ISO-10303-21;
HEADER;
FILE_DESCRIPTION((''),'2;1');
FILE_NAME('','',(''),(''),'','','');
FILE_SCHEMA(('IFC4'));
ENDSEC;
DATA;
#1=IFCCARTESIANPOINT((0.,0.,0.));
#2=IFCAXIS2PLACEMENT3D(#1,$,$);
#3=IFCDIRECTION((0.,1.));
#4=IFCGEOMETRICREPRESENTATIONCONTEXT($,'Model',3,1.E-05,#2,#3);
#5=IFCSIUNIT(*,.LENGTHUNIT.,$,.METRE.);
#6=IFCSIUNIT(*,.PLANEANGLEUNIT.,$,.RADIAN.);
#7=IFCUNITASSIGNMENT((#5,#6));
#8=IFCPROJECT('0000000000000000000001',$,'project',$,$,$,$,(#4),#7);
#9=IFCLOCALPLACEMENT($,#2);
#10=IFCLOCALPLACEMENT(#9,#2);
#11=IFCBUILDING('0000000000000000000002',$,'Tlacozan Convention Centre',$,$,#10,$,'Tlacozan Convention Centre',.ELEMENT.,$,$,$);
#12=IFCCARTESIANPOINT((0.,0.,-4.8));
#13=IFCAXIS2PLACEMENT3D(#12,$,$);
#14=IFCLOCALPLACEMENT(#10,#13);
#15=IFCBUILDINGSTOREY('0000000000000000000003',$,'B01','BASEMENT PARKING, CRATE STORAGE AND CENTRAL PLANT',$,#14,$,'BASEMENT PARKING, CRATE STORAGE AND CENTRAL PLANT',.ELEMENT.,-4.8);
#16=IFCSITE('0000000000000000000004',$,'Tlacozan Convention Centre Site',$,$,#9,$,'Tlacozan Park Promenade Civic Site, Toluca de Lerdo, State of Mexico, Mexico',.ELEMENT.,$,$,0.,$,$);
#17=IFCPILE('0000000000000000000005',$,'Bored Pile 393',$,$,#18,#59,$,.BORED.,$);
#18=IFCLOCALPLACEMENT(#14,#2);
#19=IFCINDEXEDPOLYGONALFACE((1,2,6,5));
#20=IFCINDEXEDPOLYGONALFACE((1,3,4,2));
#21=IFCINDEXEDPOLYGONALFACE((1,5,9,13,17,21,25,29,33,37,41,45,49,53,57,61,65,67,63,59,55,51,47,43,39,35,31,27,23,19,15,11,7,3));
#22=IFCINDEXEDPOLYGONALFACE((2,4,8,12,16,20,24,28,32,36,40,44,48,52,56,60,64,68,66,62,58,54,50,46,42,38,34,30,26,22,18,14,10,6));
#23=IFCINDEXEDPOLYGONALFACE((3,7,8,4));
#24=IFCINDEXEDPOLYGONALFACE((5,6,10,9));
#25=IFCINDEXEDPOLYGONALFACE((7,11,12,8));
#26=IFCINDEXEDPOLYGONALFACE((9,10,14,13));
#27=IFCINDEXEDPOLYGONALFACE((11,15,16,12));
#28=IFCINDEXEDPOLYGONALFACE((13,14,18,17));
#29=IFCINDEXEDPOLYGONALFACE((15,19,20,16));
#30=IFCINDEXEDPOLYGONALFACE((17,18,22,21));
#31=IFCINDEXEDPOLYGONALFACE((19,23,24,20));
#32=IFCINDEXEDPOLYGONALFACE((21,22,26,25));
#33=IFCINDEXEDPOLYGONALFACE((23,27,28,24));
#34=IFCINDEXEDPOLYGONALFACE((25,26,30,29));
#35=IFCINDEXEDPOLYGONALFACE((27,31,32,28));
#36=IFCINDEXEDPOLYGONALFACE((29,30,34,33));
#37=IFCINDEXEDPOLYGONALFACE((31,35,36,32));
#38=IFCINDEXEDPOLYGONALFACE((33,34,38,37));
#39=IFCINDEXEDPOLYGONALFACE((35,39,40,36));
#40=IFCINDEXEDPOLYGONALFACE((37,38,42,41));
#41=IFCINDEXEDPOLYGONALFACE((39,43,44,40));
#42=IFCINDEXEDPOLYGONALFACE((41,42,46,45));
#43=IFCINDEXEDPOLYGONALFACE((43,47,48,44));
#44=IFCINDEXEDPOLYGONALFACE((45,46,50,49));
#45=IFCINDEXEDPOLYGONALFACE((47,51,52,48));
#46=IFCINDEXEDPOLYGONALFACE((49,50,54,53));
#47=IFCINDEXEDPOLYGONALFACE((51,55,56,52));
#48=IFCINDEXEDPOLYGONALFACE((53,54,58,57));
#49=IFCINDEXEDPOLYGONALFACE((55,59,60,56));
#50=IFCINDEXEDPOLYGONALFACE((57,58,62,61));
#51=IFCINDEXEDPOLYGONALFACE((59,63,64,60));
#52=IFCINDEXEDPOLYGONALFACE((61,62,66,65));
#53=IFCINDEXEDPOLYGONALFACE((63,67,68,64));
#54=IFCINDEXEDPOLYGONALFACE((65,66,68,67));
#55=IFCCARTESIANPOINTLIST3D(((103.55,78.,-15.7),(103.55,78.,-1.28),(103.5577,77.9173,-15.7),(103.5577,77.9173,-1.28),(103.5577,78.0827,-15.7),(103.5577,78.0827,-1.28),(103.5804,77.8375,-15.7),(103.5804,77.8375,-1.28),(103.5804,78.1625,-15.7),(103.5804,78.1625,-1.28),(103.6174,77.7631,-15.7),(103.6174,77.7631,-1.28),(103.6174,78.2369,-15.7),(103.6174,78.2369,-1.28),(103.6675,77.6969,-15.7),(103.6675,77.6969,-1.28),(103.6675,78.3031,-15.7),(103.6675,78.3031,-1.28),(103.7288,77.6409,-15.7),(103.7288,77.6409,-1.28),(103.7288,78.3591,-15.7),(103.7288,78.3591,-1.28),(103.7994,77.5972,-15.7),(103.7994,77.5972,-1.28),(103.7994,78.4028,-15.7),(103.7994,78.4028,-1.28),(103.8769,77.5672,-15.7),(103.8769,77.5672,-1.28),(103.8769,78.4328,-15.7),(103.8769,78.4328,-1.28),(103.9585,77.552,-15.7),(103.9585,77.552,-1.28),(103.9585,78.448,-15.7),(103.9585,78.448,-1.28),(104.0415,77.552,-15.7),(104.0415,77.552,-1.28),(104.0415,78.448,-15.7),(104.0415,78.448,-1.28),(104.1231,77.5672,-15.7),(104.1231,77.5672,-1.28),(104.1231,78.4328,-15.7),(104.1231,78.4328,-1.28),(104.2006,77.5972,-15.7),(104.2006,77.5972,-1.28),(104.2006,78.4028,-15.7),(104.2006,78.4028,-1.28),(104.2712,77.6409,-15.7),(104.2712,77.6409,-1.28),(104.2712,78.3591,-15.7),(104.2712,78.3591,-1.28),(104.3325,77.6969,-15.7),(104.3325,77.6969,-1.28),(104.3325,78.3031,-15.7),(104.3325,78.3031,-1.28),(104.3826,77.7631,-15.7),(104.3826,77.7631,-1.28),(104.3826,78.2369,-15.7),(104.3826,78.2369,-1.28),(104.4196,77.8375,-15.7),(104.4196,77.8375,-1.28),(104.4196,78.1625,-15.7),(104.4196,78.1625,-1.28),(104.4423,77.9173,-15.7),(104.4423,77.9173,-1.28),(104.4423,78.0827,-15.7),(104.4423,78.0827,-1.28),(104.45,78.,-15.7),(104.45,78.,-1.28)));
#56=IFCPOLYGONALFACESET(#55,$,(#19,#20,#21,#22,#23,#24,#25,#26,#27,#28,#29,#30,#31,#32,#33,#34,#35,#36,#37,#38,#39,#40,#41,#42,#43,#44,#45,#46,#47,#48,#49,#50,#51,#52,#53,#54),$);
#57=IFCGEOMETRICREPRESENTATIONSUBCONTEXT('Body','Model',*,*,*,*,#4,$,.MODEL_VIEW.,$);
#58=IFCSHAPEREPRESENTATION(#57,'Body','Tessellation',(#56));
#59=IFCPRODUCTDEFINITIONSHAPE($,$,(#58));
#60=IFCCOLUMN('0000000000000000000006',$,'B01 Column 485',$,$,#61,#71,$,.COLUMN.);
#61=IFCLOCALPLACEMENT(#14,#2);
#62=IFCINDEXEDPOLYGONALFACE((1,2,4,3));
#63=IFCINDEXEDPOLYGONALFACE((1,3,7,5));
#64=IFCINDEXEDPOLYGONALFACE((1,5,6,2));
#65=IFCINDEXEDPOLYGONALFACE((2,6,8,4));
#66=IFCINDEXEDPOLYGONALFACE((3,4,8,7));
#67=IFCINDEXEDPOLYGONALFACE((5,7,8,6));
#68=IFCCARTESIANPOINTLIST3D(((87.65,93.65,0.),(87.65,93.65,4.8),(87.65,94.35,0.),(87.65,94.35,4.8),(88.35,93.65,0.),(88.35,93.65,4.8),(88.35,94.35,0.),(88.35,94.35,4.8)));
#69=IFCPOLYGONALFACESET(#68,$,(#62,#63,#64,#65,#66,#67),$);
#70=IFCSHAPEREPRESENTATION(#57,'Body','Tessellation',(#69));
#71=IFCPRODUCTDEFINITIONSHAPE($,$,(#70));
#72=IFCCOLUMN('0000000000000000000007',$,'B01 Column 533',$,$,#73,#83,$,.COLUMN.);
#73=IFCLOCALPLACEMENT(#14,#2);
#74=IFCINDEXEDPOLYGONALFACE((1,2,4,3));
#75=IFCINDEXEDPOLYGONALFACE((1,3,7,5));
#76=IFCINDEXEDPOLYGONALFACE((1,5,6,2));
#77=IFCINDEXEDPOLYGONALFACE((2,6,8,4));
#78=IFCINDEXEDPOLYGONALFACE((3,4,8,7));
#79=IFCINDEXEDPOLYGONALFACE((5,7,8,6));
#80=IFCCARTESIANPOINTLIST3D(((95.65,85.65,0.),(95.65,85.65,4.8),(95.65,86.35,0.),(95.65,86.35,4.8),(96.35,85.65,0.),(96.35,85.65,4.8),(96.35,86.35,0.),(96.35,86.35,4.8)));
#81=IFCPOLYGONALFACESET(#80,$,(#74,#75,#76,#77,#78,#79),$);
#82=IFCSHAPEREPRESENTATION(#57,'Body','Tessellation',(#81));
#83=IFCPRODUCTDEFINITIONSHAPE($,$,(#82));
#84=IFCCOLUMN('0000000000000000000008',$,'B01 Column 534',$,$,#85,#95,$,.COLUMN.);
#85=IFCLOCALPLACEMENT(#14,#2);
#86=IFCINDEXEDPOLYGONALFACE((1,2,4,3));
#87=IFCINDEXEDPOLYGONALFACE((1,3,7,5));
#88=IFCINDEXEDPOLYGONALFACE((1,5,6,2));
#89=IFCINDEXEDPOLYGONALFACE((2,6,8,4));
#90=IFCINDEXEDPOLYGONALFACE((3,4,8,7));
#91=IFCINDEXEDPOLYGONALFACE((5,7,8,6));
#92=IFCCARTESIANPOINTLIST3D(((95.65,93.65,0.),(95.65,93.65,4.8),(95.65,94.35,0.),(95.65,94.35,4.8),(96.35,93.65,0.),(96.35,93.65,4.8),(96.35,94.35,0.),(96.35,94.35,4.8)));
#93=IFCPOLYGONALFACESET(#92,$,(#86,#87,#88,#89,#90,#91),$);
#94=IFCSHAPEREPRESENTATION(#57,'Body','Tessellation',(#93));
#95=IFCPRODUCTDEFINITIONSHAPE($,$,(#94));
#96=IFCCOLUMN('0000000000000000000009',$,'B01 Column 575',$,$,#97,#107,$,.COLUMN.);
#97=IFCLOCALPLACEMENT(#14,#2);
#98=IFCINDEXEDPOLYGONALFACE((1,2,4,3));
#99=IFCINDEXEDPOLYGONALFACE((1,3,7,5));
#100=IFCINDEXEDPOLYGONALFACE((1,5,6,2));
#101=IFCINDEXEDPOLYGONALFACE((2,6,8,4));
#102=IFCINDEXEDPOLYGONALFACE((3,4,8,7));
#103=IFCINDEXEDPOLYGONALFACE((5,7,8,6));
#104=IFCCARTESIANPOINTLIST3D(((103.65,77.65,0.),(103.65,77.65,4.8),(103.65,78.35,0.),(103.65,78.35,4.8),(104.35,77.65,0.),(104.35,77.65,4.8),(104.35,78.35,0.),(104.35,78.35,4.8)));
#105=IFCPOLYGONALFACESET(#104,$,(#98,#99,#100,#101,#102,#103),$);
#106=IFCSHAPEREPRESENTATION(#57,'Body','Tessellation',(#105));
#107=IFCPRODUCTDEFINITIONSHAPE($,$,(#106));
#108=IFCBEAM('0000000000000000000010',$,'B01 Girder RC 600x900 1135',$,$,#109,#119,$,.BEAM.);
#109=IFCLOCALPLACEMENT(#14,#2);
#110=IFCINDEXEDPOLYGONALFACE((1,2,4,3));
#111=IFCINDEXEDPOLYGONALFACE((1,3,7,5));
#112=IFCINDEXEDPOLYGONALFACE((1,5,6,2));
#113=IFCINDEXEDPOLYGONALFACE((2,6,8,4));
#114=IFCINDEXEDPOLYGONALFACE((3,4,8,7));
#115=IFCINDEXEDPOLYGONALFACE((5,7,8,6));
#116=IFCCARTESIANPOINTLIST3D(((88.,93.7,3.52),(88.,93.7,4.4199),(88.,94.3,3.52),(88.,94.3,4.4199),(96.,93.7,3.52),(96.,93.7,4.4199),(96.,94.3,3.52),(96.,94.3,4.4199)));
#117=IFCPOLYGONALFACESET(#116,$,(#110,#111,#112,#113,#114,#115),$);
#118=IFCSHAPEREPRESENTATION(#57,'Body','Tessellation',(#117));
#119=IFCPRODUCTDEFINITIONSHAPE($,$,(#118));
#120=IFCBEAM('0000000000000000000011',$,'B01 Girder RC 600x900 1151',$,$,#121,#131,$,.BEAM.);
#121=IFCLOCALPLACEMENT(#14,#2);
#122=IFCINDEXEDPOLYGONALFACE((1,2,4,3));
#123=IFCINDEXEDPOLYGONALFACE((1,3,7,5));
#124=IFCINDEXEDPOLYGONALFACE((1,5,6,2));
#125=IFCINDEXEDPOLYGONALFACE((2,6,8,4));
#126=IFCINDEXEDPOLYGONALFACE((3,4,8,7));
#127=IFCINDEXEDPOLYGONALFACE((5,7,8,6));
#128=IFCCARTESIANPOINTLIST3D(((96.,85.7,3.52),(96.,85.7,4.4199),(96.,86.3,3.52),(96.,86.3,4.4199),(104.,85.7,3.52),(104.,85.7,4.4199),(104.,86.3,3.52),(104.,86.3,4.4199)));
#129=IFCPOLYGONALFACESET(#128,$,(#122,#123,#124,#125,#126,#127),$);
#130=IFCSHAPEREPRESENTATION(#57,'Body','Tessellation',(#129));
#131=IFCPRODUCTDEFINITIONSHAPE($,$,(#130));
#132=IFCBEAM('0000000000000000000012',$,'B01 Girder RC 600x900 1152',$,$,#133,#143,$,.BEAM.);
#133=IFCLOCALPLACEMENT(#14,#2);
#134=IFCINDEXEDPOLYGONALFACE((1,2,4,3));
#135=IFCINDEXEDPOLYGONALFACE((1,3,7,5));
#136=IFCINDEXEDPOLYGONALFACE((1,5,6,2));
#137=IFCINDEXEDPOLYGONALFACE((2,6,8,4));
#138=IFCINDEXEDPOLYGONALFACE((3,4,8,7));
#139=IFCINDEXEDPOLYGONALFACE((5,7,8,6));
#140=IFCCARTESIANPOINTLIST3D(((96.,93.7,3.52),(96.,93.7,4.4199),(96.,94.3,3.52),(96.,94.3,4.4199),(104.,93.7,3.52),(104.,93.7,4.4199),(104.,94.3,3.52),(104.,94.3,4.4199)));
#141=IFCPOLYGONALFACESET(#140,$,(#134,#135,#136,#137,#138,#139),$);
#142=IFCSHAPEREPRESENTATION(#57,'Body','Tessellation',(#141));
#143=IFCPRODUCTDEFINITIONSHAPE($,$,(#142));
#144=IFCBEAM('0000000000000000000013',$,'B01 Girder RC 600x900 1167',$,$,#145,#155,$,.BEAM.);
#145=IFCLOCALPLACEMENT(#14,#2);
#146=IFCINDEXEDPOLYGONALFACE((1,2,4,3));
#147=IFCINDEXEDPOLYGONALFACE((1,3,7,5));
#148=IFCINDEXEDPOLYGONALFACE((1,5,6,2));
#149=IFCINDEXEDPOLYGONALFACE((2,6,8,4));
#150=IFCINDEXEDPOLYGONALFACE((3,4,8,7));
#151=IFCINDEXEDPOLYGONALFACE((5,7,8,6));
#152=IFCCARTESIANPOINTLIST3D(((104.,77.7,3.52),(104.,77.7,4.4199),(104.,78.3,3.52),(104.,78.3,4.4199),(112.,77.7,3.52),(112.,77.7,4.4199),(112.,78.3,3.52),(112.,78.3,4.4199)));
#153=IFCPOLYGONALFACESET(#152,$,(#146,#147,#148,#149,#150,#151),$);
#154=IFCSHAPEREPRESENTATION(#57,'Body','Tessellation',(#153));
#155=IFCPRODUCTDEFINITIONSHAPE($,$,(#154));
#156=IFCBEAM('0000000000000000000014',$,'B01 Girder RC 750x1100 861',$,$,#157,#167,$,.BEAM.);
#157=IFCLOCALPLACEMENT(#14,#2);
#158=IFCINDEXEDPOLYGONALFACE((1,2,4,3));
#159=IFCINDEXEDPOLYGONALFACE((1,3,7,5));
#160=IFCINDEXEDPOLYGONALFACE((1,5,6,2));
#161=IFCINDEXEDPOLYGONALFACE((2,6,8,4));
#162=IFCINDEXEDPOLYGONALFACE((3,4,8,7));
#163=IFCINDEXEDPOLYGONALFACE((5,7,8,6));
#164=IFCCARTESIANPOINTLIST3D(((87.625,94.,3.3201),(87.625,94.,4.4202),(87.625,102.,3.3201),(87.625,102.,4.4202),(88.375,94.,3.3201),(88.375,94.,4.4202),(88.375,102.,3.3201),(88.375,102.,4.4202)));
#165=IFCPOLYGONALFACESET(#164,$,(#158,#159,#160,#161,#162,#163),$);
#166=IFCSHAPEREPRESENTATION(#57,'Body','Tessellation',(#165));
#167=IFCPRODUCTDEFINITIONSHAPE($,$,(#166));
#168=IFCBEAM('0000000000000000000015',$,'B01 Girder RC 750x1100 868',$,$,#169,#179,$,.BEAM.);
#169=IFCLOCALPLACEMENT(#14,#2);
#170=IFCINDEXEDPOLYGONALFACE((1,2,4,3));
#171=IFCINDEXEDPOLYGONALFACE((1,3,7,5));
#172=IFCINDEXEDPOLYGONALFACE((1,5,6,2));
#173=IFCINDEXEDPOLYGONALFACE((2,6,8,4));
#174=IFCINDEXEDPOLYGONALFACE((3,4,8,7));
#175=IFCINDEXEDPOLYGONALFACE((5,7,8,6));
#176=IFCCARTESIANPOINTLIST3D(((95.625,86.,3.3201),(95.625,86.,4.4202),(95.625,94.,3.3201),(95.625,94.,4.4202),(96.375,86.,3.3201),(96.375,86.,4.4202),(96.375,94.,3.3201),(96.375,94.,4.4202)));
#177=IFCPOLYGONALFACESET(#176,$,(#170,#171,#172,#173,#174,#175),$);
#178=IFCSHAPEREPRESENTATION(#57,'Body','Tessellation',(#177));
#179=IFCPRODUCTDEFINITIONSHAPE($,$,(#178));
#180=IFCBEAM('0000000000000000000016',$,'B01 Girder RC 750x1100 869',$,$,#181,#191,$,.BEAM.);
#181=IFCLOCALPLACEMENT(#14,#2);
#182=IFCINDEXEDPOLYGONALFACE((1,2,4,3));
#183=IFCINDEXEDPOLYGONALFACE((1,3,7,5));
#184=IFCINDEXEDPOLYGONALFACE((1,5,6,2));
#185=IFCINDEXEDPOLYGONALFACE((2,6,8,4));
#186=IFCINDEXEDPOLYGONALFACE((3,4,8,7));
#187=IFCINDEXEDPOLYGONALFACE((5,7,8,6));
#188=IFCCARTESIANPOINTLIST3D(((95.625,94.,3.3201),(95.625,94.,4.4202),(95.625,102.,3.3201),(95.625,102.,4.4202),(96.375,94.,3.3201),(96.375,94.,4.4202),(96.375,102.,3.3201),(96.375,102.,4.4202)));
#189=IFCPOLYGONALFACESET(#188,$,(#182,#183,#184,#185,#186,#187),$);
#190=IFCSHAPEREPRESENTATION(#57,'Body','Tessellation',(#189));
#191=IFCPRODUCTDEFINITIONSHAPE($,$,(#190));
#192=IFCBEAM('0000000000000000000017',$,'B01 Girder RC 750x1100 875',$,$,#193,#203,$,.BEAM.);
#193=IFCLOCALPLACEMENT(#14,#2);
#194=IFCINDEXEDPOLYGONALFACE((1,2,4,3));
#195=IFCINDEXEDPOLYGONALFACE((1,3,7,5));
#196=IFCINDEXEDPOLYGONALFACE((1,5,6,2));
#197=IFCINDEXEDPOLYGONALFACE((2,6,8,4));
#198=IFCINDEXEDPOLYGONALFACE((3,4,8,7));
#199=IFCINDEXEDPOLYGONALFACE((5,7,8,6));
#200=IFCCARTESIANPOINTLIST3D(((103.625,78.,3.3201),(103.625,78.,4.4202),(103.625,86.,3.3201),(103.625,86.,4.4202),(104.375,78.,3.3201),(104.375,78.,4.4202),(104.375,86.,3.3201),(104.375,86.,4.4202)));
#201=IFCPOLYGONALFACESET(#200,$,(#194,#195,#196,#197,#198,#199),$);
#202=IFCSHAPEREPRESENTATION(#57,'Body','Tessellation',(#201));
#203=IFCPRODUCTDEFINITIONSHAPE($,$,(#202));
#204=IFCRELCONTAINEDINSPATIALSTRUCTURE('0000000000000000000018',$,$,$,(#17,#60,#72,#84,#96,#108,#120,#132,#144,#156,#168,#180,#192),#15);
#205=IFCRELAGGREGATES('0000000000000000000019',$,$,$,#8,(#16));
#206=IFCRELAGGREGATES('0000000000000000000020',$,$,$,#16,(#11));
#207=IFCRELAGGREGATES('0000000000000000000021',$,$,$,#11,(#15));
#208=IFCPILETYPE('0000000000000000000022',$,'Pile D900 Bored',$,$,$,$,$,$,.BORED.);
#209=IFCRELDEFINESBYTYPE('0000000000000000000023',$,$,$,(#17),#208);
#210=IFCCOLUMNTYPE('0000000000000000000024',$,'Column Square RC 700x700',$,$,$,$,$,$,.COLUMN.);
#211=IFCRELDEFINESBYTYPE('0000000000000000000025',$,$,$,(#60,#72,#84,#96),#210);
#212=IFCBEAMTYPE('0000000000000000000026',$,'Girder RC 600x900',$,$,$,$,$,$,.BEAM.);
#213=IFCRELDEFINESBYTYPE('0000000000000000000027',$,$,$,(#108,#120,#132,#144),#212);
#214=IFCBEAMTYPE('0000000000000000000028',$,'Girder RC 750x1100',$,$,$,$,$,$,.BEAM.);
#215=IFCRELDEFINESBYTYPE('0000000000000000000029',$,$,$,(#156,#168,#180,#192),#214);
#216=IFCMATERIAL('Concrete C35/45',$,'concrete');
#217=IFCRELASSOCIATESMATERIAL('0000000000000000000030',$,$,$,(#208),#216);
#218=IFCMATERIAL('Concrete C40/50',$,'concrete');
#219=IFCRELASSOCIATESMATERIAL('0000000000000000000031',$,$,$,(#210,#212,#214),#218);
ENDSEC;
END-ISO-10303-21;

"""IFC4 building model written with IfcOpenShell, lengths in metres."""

from ifc_helpers import new_model, si_unit, direction, frame, origin, origin_2d, place, context, subcontext, project, spatial, rectangle, circle, extrude, material, material_profile, profile_set, type_object, element, save


model = new_model("IFC4")

# Units and contexts
model_context = context("Model", 3, precision=1e-05, world=origin(), true_north=direction((0.0, 1.0)))
body_context = subcontext(model_context, "Body", "Model", "MODEL_VIEW")
ifc_project = project(units=[si_unit("LENGTHUNIT", "METRE"), si_unit("PLANEANGLEUNIT", "RADIAN")], contexts=[model_context])

# Site, building, storey
site_placement = place(None, origin())
site = spatial("IfcSite", under=ifc_project, at=site_placement, Name="Tlacozan Convention Centre Site", LongName="Tlacozan Park Promenade Civic Site, Toluca de Lerdo, State of Mexico, Mexico", CompositionType="ELEMENT", RefElevation=0.0)
building_placement = place(site_placement, origin())
building = spatial("IfcBuilding", under=site, at=building_placement, Name="Tlacozan Convention Centre", LongName="Tlacozan Convention Centre", CompositionType="ELEMENT")
storey_placement = place(building_placement, frame((0.0, 0.0, -4.8)))
storey = spatial("IfcBuildingStorey", under=building, at=storey_placement, Name="B01", Description="BASEMENT PARKING, CRATE STORAGE AND CENTRAL PLANT", LongName="BASEMENT PARKING, CRATE STORAGE AND CENTRAL PLANT", CompositionType="ELEMENT", Elevation=-4.8)

# Shared definitions
ifc_material_1 = material(Name="Concrete C35/45", Category="concrete")

# Pile
ifc_material_profile_1 = material_profile(ifc_material_1, circle(Radius=0.45, at=origin_2d()), Name="PILE D900")
ifc_profile_set_1 = profile_set([ifc_material_profile_1], Name="Concrete C35/45")
pile_type_1 = type_object("IfcPileType", Name="Pile D900 Bored", PredefinedType="BORED", material=ifc_profile_set_1)
for number, where, z_axis, x_axis, name in (
    (1, (104.0, 78.0, -1.28), (0.0, 0.0, -1.0), (1.0, 0.0, 0.0), "Bored Pile 393"),
):
    element("IfcPile", number, at=place(storey_placement, frame(where, z_axis=z_axis, x_axis=x_axis)), inside=storey, type_object=pile_type_1, Name=name, PredefinedType="BORED", context=body_context, shape_type="SweptSolid", body=[
        extrude(circle(Radius=0.45, at=origin_2d()), origin(), (0.0, 0.0, 1.0), 14.4199),
    ])

# Columns
ifc_material_2 = material(Name="Concrete C40/50", Category="concrete")
ifc_material_profile_2 = material_profile(ifc_material_2, rectangle(XDim=0.7, YDim=0.7, at=origin_2d()), Name="RC 700x700")
ifc_profile_set_2 = profile_set([ifc_material_profile_2], Name="Concrete C40/50")
column_type = type_object("IfcColumnType", Name="Column Square RC 700x700", PredefinedType="COLUMN", material=ifc_profile_set_2)
for number, where, z_axis, x_axis, name in (
    (2, (88.0, 94.0, 0.0), (0.0, 0.0, 1.0), (1.0, 0.0, 0.0), "B01 Column 485"),
    (3, (96.0, 86.0, 0.0), (0.0, 0.0, 1.0), (1.0, 0.0, 0.0), "B01 Column 533"),
    (4, (96.0, 94.0, 0.0), (0.0, 0.0, 1.0), (1.0, 0.0, 0.0), "B01 Column 534"),
    (5, (104.0, 78.0, 0.0), (0.0, 0.0, 1.0), (1.0, 0.0, 0.0), "B01 Column 575"),
):
    element("IfcColumn", number, at=place(storey_placement, frame(where, z_axis=z_axis, x_axis=x_axis)), inside=storey, type_object=column_type, Name=name, PredefinedType="COLUMN", context=body_context, shape_type="SweptSolid", body=[
        extrude(rectangle(XDim=0.7, YDim=0.7, at=origin_2d()), origin(), (0.0, 0.0, 1.0), 4.8),
    ])

# Beams
ifc_material_profile_3 = material_profile(ifc_material_2, rectangle(XDim=0.6001, YDim=0.8999, at=origin_2d()), Name="RC 600x900")
ifc_profile_set_3 = profile_set([ifc_material_profile_3], Name="Concrete C40/50")
beam_type_1 = type_object("IfcBeamType", Name="Girder RC 600x900", PredefinedType="BEAM", material=ifc_profile_set_3)
for number, where, z_axis, x_axis, name in (
    (6, (88.0, 94.0, 3.97), (1.0, 0.0, 0.0), (0.0, 1.0, 0.0), "B01 Girder RC 600x900 1135"),
    (7, (96.0, 86.0, 3.97), (1.0, 0.0, 0.0), (0.0, 1.0, 0.0), "B01 Girder RC 600x900 1151"),
    (8, (96.0, 94.0, 3.97), (1.0, 0.0, 0.0), (0.0, 1.0, 0.0), "B01 Girder RC 600x900 1152"),
    (9, (104.0, 78.0, 3.97), (1.0, 0.0, 0.0), (0.0, 1.0, 0.0), "B01 Girder RC 600x900 1167"),
):
    element("IfcBeam", number, at=place(storey_placement, frame(where, z_axis=z_axis, x_axis=x_axis)), inside=storey, type_object=beam_type_1, Name=name, PredefinedType="BEAM", context=body_context, shape_type="SweptSolid", body=[
        extrude(rectangle(XDim=0.6001, YDim=0.8999, at=origin_2d()), origin(), (0.0, 0.0, 1.0), 8.0),
    ])
ifc_material_profile_4 = material_profile(ifc_material_2, rectangle(XDim=0.75, YDim=1.1001, at=origin_2d()), Name="RC 750x1100")
ifc_profile_set_4 = profile_set([ifc_material_profile_4], Name="Concrete C40/50")
beam_type_2 = type_object("IfcBeamType", Name="Girder RC 750x1100", PredefinedType="BEAM", material=ifc_profile_set_4)
for number, where, z_axis, x_axis, name in (
    (10, (88.0, 94.0, 3.8701), (0.0, 1.0, 0.0), (-1.0, 0.0, 0.0), "B01 Girder RC 750x1100 861"),
    (11, (96.0, 86.0, 3.8701), (0.0, 1.0, 0.0), (-1.0, 0.0, 0.0), "B01 Girder RC 750x1100 868"),
    (12, (96.0, 94.0, 3.8701), (0.0, 1.0, 0.0), (-1.0, 0.0, 0.0), "B01 Girder RC 750x1100 869"),
    (13, (104.0, 78.0, 3.8701), (0.0, 1.0, 0.0), (-1.0, 0.0, 0.0), "B01 Girder RC 750x1100 875"),
):
    element("IfcBeam", number, at=place(storey_placement, frame(where, z_axis=z_axis, x_axis=x_axis)), inside=storey, type_object=beam_type_2, Name=name, PredefinedType="BEAM", context=body_context, shape_type="SweptSolid", body=[
        extrude(rectangle(XDim=0.75, YDim=1.1001, at=origin_2d()), origin(), (0.0, 0.0, 1.0), 8.0),
    ])

save(model, "model.ifc")
